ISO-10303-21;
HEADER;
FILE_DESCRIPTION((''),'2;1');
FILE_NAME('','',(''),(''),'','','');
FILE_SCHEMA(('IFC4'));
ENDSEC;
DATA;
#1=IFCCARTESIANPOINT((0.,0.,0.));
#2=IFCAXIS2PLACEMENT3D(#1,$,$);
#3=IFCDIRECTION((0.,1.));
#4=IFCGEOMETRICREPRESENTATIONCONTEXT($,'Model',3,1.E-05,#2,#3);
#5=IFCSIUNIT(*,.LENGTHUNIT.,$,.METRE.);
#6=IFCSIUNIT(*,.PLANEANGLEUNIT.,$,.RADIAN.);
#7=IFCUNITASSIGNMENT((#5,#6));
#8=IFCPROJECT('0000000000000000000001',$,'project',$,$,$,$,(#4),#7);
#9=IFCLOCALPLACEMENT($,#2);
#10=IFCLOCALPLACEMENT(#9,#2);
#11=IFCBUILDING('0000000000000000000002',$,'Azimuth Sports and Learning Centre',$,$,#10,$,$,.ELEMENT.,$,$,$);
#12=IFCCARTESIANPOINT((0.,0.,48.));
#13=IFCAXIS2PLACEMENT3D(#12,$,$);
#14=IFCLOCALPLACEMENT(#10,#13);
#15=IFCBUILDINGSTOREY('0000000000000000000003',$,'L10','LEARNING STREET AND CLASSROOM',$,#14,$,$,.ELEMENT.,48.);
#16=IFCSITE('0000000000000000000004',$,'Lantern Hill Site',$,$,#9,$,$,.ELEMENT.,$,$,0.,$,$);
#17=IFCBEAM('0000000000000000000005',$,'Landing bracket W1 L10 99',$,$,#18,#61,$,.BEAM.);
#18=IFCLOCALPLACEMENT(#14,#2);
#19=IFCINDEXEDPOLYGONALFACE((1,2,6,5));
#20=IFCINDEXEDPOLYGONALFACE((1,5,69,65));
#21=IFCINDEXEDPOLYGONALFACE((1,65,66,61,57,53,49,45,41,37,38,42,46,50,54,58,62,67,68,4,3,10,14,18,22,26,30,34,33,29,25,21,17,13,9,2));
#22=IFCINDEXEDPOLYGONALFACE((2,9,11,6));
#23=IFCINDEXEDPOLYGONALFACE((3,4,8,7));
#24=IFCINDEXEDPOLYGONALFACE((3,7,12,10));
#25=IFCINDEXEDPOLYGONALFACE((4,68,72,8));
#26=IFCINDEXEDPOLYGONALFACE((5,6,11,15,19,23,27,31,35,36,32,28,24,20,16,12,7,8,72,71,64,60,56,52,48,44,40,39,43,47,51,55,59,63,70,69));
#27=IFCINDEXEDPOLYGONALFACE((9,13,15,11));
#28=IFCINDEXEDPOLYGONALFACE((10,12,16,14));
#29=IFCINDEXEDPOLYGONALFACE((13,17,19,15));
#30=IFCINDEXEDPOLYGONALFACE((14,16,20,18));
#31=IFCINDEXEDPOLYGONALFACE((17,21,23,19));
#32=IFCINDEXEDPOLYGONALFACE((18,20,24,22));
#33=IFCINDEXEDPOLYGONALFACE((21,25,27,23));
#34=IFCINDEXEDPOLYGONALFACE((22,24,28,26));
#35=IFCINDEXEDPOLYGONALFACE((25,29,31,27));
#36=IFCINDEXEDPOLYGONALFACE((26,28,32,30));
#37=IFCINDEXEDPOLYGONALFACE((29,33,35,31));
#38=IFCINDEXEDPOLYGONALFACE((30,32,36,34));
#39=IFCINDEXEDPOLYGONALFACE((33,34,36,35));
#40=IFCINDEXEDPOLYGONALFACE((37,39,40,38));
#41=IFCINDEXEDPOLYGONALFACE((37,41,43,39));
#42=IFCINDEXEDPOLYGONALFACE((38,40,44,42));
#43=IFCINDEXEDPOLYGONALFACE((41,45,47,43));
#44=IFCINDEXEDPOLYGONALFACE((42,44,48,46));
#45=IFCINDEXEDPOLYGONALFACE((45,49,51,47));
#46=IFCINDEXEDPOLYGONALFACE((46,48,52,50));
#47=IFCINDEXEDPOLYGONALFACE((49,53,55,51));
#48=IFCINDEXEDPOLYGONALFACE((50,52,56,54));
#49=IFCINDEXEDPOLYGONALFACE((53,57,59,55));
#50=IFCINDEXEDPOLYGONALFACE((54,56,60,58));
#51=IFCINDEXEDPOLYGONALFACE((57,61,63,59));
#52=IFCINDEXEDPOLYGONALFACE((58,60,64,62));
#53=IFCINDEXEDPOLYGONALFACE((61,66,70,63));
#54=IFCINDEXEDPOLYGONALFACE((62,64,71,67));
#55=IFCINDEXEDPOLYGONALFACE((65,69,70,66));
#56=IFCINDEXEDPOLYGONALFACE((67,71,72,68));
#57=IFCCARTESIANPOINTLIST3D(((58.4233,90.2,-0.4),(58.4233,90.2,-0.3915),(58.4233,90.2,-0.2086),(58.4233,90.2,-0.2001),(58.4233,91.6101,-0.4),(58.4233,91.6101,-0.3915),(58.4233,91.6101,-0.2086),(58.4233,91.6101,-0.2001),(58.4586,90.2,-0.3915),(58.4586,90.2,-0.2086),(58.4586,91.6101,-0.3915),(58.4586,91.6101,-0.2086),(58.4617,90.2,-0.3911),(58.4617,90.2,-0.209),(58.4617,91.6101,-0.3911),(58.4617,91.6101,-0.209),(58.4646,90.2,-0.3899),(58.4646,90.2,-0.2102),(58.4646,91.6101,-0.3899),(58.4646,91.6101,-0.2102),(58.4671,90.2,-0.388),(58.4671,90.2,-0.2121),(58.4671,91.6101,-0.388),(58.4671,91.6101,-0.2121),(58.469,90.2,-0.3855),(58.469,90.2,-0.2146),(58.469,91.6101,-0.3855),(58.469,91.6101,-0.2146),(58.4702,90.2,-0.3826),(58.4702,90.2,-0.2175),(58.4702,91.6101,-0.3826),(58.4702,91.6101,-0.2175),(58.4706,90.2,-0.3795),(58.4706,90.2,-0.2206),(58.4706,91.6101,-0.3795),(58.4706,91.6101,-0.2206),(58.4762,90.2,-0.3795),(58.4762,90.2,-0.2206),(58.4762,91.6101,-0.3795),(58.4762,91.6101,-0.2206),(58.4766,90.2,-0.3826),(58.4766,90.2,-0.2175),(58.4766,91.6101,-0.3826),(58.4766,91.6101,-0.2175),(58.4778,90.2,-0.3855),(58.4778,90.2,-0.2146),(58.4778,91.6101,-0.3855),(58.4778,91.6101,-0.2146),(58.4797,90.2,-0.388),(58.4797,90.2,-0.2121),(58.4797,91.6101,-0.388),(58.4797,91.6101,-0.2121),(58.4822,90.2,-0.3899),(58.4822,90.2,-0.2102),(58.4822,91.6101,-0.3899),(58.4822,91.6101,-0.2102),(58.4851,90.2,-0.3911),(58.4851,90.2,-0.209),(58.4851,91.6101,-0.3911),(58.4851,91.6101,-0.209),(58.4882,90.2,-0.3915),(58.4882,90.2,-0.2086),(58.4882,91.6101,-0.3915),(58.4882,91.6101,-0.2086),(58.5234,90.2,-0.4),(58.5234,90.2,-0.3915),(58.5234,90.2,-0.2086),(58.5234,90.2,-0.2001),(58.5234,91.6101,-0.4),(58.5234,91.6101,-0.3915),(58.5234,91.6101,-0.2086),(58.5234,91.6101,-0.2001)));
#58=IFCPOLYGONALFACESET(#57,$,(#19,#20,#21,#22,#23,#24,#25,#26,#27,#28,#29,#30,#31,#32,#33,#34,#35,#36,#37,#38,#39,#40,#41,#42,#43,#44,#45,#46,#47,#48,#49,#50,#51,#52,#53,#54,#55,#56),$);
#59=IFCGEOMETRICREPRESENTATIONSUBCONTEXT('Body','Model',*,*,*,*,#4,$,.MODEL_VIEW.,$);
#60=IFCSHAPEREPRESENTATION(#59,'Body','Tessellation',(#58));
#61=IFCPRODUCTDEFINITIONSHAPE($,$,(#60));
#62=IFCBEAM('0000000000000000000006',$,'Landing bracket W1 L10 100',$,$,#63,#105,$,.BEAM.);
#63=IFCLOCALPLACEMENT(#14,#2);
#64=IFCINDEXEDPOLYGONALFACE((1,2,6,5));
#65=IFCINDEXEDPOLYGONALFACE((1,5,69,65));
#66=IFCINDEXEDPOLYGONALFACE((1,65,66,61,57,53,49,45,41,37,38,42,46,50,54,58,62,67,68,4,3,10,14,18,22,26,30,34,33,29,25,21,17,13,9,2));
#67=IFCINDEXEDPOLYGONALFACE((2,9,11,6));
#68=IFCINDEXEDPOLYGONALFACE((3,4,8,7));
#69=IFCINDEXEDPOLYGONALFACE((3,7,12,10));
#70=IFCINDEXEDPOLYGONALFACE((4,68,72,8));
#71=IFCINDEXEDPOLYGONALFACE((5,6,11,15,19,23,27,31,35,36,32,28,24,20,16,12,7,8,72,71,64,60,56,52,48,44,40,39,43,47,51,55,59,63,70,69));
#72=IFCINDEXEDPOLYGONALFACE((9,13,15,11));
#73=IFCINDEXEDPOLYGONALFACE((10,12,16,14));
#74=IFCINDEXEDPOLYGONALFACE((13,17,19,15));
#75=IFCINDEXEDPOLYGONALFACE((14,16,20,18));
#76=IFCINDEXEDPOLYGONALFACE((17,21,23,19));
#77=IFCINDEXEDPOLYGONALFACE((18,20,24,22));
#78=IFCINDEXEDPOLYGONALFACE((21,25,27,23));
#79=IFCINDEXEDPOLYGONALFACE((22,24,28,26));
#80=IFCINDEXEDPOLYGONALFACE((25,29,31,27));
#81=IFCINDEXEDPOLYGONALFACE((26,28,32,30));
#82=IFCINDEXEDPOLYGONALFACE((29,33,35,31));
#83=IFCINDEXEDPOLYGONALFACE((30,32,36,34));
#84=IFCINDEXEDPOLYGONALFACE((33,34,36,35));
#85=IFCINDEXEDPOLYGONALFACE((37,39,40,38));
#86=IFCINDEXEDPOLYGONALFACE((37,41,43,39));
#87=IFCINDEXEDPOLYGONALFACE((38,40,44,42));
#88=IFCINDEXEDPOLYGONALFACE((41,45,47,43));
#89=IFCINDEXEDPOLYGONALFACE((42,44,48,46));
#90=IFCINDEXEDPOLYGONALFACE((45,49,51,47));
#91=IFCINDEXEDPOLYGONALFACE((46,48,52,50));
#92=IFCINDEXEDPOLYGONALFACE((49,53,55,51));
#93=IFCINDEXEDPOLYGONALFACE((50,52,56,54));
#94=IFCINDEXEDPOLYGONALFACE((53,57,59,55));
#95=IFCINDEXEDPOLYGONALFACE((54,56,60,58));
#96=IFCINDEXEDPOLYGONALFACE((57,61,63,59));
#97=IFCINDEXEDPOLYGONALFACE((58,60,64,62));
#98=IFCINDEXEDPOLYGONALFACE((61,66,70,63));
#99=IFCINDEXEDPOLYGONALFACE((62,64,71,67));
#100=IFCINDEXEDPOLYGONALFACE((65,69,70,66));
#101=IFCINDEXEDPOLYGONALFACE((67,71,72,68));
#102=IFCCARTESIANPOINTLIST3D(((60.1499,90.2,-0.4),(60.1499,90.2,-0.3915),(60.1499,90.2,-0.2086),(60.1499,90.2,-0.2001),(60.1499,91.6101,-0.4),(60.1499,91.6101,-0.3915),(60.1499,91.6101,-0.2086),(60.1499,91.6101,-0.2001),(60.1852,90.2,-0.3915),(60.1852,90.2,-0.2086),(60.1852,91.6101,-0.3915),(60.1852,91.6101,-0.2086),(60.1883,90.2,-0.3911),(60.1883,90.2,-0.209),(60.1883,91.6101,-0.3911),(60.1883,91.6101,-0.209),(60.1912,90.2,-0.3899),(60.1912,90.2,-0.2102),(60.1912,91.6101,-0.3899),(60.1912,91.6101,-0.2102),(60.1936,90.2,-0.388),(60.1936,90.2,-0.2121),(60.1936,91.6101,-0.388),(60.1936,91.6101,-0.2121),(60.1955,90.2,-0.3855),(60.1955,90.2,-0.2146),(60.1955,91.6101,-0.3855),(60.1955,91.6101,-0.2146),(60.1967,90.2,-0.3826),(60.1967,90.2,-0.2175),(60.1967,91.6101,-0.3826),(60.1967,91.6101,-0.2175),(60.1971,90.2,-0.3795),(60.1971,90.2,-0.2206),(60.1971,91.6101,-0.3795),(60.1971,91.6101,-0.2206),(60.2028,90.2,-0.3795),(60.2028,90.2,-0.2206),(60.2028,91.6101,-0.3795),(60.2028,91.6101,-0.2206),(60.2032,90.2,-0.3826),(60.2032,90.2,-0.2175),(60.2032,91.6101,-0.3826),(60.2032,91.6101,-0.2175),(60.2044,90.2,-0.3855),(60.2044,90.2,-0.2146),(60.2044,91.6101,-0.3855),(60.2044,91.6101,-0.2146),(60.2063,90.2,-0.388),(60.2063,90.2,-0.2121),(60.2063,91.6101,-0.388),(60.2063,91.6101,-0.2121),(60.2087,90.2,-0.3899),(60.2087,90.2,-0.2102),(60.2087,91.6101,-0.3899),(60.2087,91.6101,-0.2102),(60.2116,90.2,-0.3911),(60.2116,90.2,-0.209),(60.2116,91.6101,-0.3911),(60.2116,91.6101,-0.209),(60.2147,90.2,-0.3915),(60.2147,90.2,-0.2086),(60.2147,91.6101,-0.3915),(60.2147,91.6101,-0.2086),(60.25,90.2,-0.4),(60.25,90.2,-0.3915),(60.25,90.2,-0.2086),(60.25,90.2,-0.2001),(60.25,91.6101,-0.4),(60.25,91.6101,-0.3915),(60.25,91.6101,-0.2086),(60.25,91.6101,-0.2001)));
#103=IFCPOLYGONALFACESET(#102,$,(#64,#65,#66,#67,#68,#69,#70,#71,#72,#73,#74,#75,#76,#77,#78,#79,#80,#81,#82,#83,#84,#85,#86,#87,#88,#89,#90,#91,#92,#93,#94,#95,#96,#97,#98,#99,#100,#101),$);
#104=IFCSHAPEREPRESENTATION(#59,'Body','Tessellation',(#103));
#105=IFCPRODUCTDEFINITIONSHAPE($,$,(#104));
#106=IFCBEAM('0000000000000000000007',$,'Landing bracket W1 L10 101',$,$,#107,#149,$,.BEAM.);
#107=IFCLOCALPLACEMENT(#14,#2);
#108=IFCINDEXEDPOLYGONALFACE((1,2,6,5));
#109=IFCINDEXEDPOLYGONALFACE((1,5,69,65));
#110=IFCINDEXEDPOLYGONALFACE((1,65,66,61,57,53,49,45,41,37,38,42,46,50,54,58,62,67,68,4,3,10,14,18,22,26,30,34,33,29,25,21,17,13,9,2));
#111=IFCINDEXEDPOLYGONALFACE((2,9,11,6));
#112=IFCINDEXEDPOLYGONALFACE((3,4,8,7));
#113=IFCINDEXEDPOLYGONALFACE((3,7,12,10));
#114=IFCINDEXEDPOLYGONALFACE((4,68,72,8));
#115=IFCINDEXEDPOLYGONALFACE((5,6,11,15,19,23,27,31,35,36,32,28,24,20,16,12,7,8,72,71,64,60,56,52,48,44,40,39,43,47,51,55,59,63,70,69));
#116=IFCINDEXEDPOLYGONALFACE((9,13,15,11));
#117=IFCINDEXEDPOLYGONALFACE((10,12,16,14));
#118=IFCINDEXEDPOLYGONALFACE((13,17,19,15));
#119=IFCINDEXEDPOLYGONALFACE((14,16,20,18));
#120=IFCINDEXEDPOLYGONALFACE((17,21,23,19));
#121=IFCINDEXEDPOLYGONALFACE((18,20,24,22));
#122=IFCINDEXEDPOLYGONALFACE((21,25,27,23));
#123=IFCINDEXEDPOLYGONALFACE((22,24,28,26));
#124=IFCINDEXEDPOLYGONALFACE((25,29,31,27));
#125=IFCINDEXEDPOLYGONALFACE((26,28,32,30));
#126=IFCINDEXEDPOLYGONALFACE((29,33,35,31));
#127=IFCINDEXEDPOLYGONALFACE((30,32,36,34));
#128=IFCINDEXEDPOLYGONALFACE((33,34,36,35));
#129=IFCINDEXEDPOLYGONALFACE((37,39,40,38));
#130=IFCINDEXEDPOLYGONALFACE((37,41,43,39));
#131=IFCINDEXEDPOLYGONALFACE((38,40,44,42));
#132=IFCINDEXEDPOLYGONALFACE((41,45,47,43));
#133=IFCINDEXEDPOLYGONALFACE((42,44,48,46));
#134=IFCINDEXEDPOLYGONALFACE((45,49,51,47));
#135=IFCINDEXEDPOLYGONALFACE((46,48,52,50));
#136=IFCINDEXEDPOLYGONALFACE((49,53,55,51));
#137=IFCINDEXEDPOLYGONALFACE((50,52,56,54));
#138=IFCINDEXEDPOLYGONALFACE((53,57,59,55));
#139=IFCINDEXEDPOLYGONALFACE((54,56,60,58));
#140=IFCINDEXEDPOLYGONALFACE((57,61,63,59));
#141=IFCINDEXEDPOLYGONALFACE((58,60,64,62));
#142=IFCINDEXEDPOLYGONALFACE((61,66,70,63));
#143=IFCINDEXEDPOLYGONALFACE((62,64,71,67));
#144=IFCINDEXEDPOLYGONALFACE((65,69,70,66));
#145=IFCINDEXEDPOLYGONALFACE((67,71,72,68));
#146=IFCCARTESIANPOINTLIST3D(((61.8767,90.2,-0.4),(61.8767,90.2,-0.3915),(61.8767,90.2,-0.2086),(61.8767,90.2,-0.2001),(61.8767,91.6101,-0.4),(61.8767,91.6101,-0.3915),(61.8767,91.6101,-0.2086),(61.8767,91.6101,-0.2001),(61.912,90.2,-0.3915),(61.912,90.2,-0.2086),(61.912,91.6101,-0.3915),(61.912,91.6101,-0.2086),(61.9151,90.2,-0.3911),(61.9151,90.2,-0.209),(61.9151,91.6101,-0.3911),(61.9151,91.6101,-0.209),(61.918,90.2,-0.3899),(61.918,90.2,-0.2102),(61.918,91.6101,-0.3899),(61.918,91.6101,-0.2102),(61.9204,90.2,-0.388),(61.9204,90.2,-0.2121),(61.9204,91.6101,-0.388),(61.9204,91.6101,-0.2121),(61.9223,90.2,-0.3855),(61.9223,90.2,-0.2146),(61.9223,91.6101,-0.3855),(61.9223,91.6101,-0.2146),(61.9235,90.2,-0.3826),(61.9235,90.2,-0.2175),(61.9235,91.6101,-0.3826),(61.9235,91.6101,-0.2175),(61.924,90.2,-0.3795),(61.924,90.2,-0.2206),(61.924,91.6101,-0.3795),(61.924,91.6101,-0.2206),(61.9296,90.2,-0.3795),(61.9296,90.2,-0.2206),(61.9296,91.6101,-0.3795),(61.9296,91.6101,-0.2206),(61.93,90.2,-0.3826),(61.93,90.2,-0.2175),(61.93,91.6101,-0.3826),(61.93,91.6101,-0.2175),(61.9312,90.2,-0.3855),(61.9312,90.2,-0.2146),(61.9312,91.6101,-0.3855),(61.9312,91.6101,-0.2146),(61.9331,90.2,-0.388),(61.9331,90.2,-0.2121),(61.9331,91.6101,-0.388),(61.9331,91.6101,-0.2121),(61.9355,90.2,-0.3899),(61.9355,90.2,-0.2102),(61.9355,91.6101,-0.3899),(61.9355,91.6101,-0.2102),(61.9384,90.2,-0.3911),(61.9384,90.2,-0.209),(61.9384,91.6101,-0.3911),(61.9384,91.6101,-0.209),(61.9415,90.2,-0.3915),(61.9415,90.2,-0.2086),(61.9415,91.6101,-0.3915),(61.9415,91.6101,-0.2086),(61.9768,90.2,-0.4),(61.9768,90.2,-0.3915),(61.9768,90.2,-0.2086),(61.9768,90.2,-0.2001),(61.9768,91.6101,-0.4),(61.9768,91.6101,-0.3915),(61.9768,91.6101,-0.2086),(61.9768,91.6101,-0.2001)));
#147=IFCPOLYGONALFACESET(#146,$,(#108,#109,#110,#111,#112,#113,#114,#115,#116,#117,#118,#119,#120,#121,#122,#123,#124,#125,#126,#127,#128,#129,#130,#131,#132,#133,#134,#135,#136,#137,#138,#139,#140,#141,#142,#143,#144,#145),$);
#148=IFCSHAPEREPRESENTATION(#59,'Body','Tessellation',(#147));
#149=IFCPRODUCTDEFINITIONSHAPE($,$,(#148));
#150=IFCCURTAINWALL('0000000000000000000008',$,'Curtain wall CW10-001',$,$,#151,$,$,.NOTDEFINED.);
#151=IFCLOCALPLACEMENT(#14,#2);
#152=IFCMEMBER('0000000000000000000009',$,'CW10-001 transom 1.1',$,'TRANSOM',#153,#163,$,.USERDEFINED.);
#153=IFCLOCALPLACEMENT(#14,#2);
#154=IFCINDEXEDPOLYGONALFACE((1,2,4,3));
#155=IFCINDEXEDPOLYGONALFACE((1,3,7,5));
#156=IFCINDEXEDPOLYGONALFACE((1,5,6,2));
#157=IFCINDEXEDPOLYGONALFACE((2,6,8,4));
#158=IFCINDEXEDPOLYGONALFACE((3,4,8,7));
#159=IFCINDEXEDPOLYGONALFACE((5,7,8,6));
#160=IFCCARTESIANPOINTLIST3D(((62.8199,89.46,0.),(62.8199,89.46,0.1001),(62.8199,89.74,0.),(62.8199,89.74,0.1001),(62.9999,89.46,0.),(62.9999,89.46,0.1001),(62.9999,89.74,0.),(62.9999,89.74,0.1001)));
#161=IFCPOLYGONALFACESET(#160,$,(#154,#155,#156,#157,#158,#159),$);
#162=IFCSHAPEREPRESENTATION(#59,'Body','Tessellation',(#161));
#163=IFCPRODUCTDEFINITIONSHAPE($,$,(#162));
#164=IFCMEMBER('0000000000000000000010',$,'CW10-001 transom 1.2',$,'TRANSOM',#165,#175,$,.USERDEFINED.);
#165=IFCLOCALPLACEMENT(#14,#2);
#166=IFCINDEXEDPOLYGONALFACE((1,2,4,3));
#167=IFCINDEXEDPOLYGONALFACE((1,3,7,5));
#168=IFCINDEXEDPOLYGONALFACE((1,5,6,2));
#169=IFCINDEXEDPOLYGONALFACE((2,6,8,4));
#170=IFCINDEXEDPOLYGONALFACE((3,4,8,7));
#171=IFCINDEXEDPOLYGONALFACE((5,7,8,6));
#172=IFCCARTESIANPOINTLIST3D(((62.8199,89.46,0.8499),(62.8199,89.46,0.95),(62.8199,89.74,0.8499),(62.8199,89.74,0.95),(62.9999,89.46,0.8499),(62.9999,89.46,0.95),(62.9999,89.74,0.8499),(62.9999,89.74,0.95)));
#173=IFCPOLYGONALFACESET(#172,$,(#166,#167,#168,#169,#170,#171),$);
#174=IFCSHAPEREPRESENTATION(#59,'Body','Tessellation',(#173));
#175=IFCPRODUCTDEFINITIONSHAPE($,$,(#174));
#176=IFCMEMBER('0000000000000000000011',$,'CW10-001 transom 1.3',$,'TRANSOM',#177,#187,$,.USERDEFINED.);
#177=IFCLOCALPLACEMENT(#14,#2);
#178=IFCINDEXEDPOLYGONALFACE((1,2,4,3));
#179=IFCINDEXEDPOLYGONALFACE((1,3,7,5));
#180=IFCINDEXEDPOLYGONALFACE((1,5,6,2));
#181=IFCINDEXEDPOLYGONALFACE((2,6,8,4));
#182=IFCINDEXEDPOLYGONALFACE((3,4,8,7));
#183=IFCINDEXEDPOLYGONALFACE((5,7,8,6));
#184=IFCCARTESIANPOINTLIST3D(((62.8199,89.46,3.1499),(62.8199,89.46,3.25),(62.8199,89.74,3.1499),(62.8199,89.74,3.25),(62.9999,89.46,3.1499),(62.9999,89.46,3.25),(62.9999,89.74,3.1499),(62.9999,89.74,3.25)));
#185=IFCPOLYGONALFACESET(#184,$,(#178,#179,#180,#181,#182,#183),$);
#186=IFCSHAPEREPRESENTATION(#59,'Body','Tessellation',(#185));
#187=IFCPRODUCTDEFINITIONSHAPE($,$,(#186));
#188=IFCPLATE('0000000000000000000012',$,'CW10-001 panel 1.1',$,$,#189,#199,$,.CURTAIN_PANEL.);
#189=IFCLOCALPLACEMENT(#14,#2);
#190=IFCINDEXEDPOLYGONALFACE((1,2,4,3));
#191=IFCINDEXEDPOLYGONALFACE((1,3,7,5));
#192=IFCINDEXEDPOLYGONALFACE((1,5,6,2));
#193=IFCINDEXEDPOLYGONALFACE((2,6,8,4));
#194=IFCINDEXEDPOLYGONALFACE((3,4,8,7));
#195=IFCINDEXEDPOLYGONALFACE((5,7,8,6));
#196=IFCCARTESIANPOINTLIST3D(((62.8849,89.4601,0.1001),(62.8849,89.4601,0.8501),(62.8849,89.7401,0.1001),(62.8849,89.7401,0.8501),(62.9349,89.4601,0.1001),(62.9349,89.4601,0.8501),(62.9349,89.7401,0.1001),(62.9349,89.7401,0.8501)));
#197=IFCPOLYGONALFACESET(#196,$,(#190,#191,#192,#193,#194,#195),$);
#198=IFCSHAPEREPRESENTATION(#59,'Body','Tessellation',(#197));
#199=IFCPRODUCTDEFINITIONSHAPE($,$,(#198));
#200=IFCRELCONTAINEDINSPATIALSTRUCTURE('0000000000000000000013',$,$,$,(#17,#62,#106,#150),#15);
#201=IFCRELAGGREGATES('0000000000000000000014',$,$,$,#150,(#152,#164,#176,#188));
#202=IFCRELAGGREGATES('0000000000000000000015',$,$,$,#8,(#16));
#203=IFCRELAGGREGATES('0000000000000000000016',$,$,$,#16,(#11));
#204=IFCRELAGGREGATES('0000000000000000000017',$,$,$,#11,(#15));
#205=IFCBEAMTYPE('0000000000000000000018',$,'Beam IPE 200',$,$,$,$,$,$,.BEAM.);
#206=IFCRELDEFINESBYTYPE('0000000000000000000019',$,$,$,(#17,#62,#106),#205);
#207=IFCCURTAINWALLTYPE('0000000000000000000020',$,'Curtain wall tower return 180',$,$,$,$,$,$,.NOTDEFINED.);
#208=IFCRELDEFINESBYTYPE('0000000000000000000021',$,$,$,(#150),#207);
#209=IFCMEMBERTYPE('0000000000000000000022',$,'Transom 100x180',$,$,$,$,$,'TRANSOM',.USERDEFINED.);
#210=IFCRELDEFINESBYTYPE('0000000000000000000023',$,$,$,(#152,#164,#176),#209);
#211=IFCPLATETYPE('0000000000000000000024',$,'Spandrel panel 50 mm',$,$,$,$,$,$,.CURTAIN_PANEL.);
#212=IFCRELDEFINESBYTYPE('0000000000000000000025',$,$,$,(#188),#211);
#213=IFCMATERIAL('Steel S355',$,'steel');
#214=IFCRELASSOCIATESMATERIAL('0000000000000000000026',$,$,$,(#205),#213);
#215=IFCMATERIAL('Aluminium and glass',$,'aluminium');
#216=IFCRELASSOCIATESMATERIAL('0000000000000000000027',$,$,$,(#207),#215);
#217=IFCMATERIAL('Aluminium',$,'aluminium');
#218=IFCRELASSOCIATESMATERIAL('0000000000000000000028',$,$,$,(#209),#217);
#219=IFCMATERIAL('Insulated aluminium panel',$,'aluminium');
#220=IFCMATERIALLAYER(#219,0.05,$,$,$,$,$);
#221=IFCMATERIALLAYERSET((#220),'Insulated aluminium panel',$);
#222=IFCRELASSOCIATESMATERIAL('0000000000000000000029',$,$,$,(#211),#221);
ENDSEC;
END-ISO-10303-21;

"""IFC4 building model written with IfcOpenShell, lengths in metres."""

from ifc_helpers import new_model, si_unit, direction, frame, origin, origin_2d, place, context, subcontext, project, spatial, rectangle, i_section, extrude, material, layer, layer_set, material_profile, profile_set, type_object, element, aggregate, save


model = new_model("IFC4")

# Units and contexts
model_context = context("Model", 3, precision=1e-05, world=origin(), true_north=direction((0.0, 1.0)))
body_context = subcontext(model_context, "Body", "Model", "MODEL_VIEW")
ifc_project = project(units=[si_unit("LENGTHUNIT", "METRE"), si_unit("PLANEANGLEUNIT", "RADIAN")], contexts=[model_context])

# Site, building, storey
site_placement = place(None, origin())
site = spatial("IfcSite", under=ifc_project, at=site_placement, Name="Lantern Hill Site", CompositionType="ELEMENT", RefElevation=0.0)
building_placement = place(site_placement, origin())
building = spatial("IfcBuilding", under=site, at=building_placement, Name="Azimuth Sports and Learning Centre", CompositionType="ELEMENT")
storey_placement = place(building_placement, frame((0.0, 0.0, 48.0)))
storey = spatial("IfcBuildingStorey", under=building, at=storey_placement, Name="L10", Description="LEARNING STREET AND CLASSROOM", CompositionType="ELEMENT", Elevation=48.0)

# Beams
ifc_material_1 = material(Name="Steel S355", Category="steel")
ifc_material_profile_1 = material_profile(ifc_material_1, i_section(OverallWidth=0.1001, OverallDepth=0.2, WebThickness=0.0056, FlangeThickness=0.0085, FilletRadius=0.012, at=origin_2d()), Name="IPE 200")
ifc_profile_set_1 = profile_set([ifc_material_profile_1], Name="Steel S355")
beam_type = type_object("IfcBeamType", Name="Beam IPE 200", PredefinedType="BEAM", material=ifc_profile_set_1)
for number, where, z_axis, x_axis, name in (
    (1, (58.4734, 90.2, -0.3), (0.0, 1.0, 0.0), (-1.0, 0.0, 0.0), "Landing bracket W1 L10 99"),
    (2, (60.2, 90.2, -0.3), (0.0, 1.0, 0.0), (-1.0, 0.0, 0.0), "Landing bracket W1 L10 100"),
    (3, (61.9268, 90.2, -0.3), (0.0, 1.0, 0.0), (-1.0, 0.0, 0.0), "Landing bracket W1 L10 101"),
):
    element("IfcBeam", number, at=place(storey_placement, frame(where, z_axis=z_axis, x_axis=x_axis)), inside=storey, type_object=beam_type, Name=name, PredefinedType="BEAM", context=body_context, shape_type="SweptSolid", body=[
        extrude(i_section(OverallWidth=0.1001, OverallDepth=0.2, WebThickness=0.0056, FlangeThickness=0.0085, FilletRadius=0.012, at=origin_2d()), origin(), (0.0, 0.0, 1.0), 1.4102),
    ])

# Curtain wall, members, plate
ifc_material_2 = material(Name="Aluminium and glass", Category="aluminium")
curtain_wall_type = type_object("IfcCurtainWallType", Name="Curtain wall tower return 180", PredefinedType="NOTDEFINED", material=ifc_material_2)
curtain_wall_placement = place(storey_placement, origin())
curtain_wall = element("IfcCurtainWall", 4, at=curtain_wall_placement, inside=storey, type_object=curtain_wall_type, Name="Curtain wall CW10-001", PredefinedType="NOTDEFINED")
ifc_material_3 = material(Name="Aluminium", Category="aluminium")
ifc_material_profile_2 = material_profile(ifc_material_3, rectangle(XDim=0.1799, YDim=0.1001, at=origin_2d()), Name="Transom 100x180")
ifc_profile_set_2 = profile_set([ifc_material_profile_2], Name="Aluminium")
member_type = type_object("IfcMemberType", Name="Transom 100x180", ElementType="TRANSOM", PredefinedType="USERDEFINED", material=ifc_profile_set_2)
member_1_placement = place(storey_placement, frame((62.9099, 89.74, 0.05), z_axis=(0.0, -1.0, 0.0), x_axis=(1.0, 0.0, 0.0)))
member_1 = element("IfcMember", 5, at=member_1_placement, type_object=member_type, Name="CW10-001 transom 1.1", ObjectType="TRANSOM", PredefinedType="USERDEFINED", context=body_context, shape_type="SweptSolid", body=[
    extrude(rectangle(XDim=0.1799, YDim=0.1001, at=origin_2d()), origin(), (0.0, 0.0, 1.0), 0.28),
])
member_2_placement = place(storey_placement, frame((62.9099, 89.74, 0.8999), z_axis=(0.0, -1.0, 0.0), x_axis=(1.0, 0.0, 0.0)))
member_2 = element("IfcMember", 6, at=member_2_placement, type_object=member_type, Name="CW10-001 transom 1.2", ObjectType="TRANSOM", PredefinedType="USERDEFINED", context=body_context, shape_type="SweptSolid", body=[
    extrude(rectangle(XDim=0.1799, YDim=0.1001, at=origin_2d()), origin(), (0.0, 0.0, 1.0), 0.28),
])
member_3_placement = place(storey_placement, frame((62.9099, 89.74, 3.2), z_axis=(0.0, -1.0, 0.0), x_axis=(1.0, 0.0, 0.0)))
member_3 = element("IfcMember", 7, at=member_3_placement, type_object=member_type, Name="CW10-001 transom 1.3", ObjectType="TRANSOM", PredefinedType="USERDEFINED", context=body_context, shape_type="SweptSolid", body=[
    extrude(rectangle(XDim=0.1799, YDim=0.1001, at=origin_2d()), origin(), (0.0, 0.0, 1.0), 0.28),
])
ifc_material_4 = material(Name="Insulated aluminium panel", Category="aluminium")
ifc_layer_1 = layer(ifc_material_4, 0.05)
ifc_layer_set_1 = layer_set([ifc_layer_1], Name="Insulated aluminium panel")
plate_type_1 = type_object("IfcPlateType", Name="Spandrel panel 50 mm", PredefinedType="CURTAIN_PANEL", material=ifc_layer_set_1)
plate_1_placement = place(storey_placement, frame((62.9099, 89.6001, 0.1001), z_axis=(0.0, 0.0, 1.0), x_axis=(0.0, -1.0, 0.0)))
plate_1 = element("IfcPlate", 8, at=plate_1_placement, type_object=plate_type_1, Name="CW10-001 panel 1.1", PredefinedType="CURTAIN_PANEL", context=body_context, shape_type="SweptSolid", body=[
    extrude(rectangle(XDim=0.28, YDim=0.05, at=origin_2d()), origin(), (0.0, 0.0, 1.0), 0.75),
])
aggregate(curtain_wall, [member_1, member_2, member_3, plate_1])

save(model, "model.ifc")
